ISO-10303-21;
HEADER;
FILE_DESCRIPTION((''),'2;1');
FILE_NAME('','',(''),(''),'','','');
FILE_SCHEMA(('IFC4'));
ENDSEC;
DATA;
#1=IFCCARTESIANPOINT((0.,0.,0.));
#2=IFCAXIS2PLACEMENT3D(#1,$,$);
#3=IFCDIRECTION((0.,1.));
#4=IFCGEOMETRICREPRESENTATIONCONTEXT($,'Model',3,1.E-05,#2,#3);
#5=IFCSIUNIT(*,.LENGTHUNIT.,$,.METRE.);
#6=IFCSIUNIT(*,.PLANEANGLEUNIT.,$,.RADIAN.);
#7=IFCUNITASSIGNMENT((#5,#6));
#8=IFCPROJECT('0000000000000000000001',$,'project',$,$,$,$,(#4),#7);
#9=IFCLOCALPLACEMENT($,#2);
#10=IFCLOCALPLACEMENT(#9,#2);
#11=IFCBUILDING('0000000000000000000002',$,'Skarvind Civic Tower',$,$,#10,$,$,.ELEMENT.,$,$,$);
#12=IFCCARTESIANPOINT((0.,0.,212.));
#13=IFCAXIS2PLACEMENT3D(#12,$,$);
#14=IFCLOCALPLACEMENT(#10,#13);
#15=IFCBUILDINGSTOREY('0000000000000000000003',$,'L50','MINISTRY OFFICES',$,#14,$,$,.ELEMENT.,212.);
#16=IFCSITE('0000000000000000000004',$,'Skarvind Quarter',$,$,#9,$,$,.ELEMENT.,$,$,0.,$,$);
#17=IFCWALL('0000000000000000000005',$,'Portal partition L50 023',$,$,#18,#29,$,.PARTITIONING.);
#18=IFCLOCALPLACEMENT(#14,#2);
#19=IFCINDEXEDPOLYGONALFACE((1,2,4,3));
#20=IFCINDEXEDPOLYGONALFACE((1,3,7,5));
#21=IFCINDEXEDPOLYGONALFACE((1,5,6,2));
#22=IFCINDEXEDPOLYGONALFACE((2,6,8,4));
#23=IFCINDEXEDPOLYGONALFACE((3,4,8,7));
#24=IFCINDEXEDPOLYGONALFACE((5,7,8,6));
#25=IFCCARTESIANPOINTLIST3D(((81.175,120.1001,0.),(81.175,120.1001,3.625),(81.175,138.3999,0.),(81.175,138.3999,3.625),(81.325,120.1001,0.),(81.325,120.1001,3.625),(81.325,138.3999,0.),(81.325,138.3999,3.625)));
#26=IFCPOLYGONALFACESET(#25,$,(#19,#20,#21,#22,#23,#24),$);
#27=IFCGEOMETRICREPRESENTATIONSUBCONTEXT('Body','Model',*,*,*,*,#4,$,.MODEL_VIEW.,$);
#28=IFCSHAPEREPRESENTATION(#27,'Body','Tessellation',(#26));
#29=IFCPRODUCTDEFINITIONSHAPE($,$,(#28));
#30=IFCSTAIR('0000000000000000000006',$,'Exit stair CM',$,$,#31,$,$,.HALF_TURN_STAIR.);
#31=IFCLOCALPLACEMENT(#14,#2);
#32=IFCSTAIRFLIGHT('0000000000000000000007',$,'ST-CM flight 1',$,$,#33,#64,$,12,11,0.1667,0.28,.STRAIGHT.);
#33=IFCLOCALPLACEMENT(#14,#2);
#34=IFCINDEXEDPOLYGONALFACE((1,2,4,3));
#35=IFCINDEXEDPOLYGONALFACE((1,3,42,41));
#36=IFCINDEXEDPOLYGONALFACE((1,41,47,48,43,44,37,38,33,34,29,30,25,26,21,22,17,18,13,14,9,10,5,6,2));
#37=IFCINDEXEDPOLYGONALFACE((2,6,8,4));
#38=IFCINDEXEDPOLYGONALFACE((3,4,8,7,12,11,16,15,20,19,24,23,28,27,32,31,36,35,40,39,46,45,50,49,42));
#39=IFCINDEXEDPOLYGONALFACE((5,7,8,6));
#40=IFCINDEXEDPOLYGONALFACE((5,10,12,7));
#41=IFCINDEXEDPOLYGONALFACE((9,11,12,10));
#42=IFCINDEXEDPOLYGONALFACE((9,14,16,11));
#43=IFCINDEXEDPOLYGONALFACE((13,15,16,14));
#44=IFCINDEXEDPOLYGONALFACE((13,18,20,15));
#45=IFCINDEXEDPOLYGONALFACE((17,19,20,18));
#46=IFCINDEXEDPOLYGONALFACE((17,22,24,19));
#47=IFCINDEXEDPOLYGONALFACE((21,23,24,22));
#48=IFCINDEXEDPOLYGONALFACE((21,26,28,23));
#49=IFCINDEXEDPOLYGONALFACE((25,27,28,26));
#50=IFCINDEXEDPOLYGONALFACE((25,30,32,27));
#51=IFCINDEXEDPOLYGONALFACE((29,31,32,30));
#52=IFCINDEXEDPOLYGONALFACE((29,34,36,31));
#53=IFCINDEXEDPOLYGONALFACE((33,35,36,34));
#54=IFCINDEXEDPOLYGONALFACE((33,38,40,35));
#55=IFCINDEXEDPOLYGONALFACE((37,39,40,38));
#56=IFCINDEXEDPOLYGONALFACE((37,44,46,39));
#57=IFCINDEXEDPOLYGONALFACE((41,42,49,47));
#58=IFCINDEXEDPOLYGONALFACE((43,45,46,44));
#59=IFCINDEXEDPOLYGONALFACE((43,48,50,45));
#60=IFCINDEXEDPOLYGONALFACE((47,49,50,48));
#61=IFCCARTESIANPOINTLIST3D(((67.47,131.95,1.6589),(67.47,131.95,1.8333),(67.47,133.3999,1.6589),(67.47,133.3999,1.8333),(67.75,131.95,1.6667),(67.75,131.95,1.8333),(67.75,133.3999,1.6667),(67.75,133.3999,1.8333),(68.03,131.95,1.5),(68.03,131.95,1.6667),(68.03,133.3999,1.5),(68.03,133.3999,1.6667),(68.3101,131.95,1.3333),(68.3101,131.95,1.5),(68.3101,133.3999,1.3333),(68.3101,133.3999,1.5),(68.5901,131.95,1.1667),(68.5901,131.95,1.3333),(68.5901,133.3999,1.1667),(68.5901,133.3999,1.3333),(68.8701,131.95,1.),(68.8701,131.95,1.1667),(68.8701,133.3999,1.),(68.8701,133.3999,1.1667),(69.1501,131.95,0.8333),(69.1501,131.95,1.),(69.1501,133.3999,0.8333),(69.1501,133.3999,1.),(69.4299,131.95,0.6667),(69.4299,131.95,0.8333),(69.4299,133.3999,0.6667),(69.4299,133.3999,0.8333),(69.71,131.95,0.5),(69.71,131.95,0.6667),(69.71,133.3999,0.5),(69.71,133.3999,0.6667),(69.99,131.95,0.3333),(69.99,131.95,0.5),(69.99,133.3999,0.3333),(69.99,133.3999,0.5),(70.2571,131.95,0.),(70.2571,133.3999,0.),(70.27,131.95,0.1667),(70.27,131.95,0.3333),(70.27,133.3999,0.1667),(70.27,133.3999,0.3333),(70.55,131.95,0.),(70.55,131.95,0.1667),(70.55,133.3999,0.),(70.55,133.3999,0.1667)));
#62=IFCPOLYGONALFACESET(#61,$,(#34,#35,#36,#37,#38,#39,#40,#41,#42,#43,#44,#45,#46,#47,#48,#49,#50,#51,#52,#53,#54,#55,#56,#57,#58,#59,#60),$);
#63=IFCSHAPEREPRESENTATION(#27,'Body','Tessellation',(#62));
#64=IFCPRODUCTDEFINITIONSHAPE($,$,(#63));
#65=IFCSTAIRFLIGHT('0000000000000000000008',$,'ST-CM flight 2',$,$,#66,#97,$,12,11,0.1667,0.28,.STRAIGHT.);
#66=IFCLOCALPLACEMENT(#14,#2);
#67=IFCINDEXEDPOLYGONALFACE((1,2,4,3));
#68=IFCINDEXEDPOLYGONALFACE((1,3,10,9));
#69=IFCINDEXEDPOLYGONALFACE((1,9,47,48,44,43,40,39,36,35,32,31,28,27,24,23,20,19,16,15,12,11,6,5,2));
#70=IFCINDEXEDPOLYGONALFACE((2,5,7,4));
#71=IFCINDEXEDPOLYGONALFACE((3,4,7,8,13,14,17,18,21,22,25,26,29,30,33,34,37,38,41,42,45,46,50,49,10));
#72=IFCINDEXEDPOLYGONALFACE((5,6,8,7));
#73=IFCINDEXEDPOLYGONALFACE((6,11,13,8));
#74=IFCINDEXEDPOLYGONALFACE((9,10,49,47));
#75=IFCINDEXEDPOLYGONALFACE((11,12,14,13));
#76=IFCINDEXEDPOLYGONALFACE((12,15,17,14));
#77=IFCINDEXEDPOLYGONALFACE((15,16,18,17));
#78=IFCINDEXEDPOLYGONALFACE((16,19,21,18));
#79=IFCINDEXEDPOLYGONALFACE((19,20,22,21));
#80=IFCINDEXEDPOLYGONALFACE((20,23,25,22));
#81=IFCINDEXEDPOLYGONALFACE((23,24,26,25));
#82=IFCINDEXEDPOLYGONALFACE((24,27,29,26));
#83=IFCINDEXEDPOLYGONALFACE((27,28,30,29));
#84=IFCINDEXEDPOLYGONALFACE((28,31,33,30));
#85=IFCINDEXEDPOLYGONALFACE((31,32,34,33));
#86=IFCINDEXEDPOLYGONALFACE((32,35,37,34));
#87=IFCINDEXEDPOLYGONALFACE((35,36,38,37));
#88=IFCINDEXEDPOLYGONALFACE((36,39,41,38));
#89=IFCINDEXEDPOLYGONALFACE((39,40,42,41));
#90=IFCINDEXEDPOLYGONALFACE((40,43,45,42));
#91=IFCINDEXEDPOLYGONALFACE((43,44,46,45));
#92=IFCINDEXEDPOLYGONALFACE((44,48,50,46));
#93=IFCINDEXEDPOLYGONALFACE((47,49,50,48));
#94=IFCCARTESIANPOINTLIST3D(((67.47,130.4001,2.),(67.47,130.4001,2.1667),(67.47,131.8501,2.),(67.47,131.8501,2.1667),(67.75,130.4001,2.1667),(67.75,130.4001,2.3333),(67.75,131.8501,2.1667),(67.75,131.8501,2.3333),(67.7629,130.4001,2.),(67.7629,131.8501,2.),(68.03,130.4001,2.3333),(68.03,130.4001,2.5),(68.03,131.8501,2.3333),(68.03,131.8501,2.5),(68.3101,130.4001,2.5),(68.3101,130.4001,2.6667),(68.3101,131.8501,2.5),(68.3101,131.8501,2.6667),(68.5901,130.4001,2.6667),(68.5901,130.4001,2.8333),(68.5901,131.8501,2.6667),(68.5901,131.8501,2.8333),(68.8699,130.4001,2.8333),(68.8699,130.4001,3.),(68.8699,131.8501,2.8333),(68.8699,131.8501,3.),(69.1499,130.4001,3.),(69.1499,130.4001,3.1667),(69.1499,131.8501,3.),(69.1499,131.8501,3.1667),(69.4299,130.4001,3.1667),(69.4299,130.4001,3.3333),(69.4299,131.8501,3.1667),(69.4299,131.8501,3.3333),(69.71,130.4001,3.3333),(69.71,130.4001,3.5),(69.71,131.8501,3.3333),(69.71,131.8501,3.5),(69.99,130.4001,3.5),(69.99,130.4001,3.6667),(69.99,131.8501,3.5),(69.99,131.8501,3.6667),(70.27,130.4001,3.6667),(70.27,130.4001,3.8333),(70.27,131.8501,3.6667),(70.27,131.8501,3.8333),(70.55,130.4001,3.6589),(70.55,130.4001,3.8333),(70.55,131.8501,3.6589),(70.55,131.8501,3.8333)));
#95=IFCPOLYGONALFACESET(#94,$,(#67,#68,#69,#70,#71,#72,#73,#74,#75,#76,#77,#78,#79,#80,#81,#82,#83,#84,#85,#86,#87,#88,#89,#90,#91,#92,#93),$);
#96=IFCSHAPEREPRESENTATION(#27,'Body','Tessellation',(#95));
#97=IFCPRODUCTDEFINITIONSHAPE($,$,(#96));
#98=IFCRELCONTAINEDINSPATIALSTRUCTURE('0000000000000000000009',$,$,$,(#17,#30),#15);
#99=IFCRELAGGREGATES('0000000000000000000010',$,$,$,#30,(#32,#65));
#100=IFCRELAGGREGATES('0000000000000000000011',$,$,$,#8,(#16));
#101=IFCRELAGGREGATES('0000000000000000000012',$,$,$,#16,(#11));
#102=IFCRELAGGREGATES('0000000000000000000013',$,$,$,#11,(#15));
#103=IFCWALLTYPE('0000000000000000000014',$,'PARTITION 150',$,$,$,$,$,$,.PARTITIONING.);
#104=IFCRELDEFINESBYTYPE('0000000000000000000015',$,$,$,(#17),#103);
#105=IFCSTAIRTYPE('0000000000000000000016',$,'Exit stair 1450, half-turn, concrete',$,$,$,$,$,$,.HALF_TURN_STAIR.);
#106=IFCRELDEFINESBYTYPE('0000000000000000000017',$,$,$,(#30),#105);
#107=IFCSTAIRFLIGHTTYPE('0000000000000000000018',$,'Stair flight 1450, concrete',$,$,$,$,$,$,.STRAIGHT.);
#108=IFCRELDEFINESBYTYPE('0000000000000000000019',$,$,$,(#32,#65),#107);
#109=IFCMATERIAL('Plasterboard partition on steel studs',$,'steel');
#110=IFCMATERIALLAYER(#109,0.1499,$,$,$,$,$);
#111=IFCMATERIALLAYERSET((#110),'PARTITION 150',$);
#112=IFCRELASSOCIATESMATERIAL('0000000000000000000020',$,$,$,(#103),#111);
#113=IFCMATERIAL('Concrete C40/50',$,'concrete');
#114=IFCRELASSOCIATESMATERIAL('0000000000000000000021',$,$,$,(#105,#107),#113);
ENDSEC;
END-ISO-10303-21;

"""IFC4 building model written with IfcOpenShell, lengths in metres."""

from ifc_helpers import new_model, si_unit, direction, frame, frame_2d, origin, place, context, subcontext, project, spatial, polyline, rectangle, outline, extrude, material, layer, layer_set, type_object, element, aggregate, save


model = new_model("IFC4")

# Units and contexts
model_context = context("Model", 3, precision=1e-05, world=origin(), true_north=direction((0.0, 1.0)))
body_context = subcontext(model_context, "Body", "Model", "MODEL_VIEW")
ifc_project = project(units=[si_unit("LENGTHUNIT", "METRE"), si_unit("PLANEANGLEUNIT", "RADIAN")], contexts=[model_context])

# Site, building, storey
site_placement = place(None, origin())
site = spatial("IfcSite", under=ifc_project, at=site_placement, Name="Skarvind Quarter", CompositionType="ELEMENT", RefElevation=0.0)
building_placement = place(site_placement, origin())
building = spatial("IfcBuilding", under=site, at=building_placement, Name="Skarvind Civic Tower", CompositionType="ELEMENT")
storey_placement = place(building_placement, frame((0.0, 0.0, 212.0)))
storey = spatial("IfcBuildingStorey", under=building, at=storey_placement, Name="L50", Description="MINISTRY OFFICES", CompositionType="ELEMENT", Elevation=212.0)

# Wall
ifc_material_1 = material(Name="Plasterboard partition on steel studs", Category="steel")
ifc_layer_1 = layer(ifc_material_1, 0.1499)
ifc_layer_set_1 = layer_set([ifc_layer_1], Name="PARTITION 150")
wall_type_1 = type_object("IfcWallType", Name="PARTITION 150", PredefinedType="PARTITIONING", material=ifc_layer_set_1)
for number, where, z_axis, x_axis, name in (
    (1, (81.25, 120.1001, 0.0), (0.0, 0.0, 1.0), (0.0, 1.0, 0.0), "Portal partition L50 023"),
):
    element("IfcWall", number, at=place(storey_placement, frame(where, z_axis=z_axis, x_axis=x_axis)), inside=storey, type_object=wall_type_1, Name=name, PredefinedType="PARTITIONING", context=body_context, shape_type="SweptSolid", body=[
        extrude(rectangle(XDim=18.2998, YDim=0.1499, at=frame_2d((9.1499, 0.0))), origin(), (0.0, 0.0, 1.0), 3.625),
    ])

# Stair, stair flights
ifc_material_2 = material(Name="Concrete C40/50", Category="concrete")
stair_type = type_object("IfcStairType", Name="Exit stair 1450, half-turn, concrete", PredefinedType="HALF_TURN_STAIR", material=ifc_material_2)
stair_placement = place(storey_placement, origin())
stair = element("IfcStair", 2, at=stair_placement, inside=storey, type_object=stair_type, Name="Exit stair CM", PredefinedType="HALF_TURN_STAIR")
stair_flight_type = type_object("IfcStairFlightType", Name="Stair flight 1450, concrete", PredefinedType="STRAIGHT", material=ifc_material_2)
stair_flight_1_placement = place(storey_placement, frame((70.55, 132.675, 0.0), z_axis=(0.0, 0.0, 1.0), x_axis=(-1.0, 0.0, 0.0)))
stair_flight_1 = element("IfcStairFlight", 3, at=stair_flight_1_placement, type_object=stair_flight_type, Name="ST-CM flight 1", NumberOfRisers=12, NumberOfTreads=11, PredefinedType="STRAIGHT", RiserHeight=0.1667, TreadLength=0.28, context=body_context, shape_type="SweptSolid", body=[
    extrude(outline(polyline([(0.0, 0.0), (0.0, 0.1667), (0.28, 0.1667), (0.28, 0.3333), (0.5601, 0.3333), (0.5601, 0.5), (0.8401, 0.5), (0.8401, 0.6667), (1.1201, 0.6667), (1.1201, 0.8333), (1.3999, 0.8333), (1.3999, 1.0), (1.6799, 1.0), (1.6799, 1.1667), (1.96, 1.1667), (1.96, 1.3333), (2.24, 1.3333), (2.24, 1.5), (2.52, 1.5), (2.52, 1.6667), (2.8, 1.6667), (2.8, 1.8333), (3.0801, 1.8333), (3.0801, 2.0), (3.0801, 1.6589), (0.293, 0.0), (0.0, 0.0)])), frame((0.0, 0.7251, 0.0), z_axis=(0.0, -1.0, 0.0), x_axis=(1.0, 0.0, 0.0)), (0.0, 0.0, 1.0), 1.45),
])
stair_flight_2_placement = place(storey_placement, frame((67.47, 131.125, 2.0), z_axis=(0.0, 0.0, 1.0), x_axis=(1.0, 0.0, 0.0)))
stair_flight_2 = element("IfcStairFlight", 4, at=stair_flight_2_placement, type_object=stair_flight_type, Name="ST-CM flight 2", NumberOfRisers=12, NumberOfTreads=11, PredefinedType="STRAIGHT", RiserHeight=0.1667, TreadLength=0.28, context=body_context, shape_type="SweptSolid", body=[
    extrude(outline(polyline([(0.0, 0.0), (0.0, 0.1667), (0.28, 0.1667), (0.28, 0.3333), (0.5601, 0.3333), (0.5601, 0.5), (0.8401, 0.5), (0.8401, 0.6667), (1.1201, 0.6667), (1.1201, 0.8333), (1.3999, 0.8333), (1.3999, 1.0), (1.6799, 1.0), (1.6799, 1.1667), (1.96, 1.1667), (1.96, 1.3333), (2.24, 1.3333), (2.24, 1.5), (2.52, 1.5), (2.52, 1.6667), (2.8, 1.6667), (2.8, 1.8333), (3.0801, 1.8333), (3.0801, 2.0), (3.0801, 1.6589), (0.293, 0.0), (0.0, 0.0)])), frame((0.0, 0.7251, 0.0), z_axis=(0.0, -1.0, 0.0), x_axis=(1.0, 0.0, 0.0)), (0.0, 0.0, 1.0), 1.45),
])
aggregate(stair, [stair_flight_1, stair_flight_2])

save(model, "model.ifc")
